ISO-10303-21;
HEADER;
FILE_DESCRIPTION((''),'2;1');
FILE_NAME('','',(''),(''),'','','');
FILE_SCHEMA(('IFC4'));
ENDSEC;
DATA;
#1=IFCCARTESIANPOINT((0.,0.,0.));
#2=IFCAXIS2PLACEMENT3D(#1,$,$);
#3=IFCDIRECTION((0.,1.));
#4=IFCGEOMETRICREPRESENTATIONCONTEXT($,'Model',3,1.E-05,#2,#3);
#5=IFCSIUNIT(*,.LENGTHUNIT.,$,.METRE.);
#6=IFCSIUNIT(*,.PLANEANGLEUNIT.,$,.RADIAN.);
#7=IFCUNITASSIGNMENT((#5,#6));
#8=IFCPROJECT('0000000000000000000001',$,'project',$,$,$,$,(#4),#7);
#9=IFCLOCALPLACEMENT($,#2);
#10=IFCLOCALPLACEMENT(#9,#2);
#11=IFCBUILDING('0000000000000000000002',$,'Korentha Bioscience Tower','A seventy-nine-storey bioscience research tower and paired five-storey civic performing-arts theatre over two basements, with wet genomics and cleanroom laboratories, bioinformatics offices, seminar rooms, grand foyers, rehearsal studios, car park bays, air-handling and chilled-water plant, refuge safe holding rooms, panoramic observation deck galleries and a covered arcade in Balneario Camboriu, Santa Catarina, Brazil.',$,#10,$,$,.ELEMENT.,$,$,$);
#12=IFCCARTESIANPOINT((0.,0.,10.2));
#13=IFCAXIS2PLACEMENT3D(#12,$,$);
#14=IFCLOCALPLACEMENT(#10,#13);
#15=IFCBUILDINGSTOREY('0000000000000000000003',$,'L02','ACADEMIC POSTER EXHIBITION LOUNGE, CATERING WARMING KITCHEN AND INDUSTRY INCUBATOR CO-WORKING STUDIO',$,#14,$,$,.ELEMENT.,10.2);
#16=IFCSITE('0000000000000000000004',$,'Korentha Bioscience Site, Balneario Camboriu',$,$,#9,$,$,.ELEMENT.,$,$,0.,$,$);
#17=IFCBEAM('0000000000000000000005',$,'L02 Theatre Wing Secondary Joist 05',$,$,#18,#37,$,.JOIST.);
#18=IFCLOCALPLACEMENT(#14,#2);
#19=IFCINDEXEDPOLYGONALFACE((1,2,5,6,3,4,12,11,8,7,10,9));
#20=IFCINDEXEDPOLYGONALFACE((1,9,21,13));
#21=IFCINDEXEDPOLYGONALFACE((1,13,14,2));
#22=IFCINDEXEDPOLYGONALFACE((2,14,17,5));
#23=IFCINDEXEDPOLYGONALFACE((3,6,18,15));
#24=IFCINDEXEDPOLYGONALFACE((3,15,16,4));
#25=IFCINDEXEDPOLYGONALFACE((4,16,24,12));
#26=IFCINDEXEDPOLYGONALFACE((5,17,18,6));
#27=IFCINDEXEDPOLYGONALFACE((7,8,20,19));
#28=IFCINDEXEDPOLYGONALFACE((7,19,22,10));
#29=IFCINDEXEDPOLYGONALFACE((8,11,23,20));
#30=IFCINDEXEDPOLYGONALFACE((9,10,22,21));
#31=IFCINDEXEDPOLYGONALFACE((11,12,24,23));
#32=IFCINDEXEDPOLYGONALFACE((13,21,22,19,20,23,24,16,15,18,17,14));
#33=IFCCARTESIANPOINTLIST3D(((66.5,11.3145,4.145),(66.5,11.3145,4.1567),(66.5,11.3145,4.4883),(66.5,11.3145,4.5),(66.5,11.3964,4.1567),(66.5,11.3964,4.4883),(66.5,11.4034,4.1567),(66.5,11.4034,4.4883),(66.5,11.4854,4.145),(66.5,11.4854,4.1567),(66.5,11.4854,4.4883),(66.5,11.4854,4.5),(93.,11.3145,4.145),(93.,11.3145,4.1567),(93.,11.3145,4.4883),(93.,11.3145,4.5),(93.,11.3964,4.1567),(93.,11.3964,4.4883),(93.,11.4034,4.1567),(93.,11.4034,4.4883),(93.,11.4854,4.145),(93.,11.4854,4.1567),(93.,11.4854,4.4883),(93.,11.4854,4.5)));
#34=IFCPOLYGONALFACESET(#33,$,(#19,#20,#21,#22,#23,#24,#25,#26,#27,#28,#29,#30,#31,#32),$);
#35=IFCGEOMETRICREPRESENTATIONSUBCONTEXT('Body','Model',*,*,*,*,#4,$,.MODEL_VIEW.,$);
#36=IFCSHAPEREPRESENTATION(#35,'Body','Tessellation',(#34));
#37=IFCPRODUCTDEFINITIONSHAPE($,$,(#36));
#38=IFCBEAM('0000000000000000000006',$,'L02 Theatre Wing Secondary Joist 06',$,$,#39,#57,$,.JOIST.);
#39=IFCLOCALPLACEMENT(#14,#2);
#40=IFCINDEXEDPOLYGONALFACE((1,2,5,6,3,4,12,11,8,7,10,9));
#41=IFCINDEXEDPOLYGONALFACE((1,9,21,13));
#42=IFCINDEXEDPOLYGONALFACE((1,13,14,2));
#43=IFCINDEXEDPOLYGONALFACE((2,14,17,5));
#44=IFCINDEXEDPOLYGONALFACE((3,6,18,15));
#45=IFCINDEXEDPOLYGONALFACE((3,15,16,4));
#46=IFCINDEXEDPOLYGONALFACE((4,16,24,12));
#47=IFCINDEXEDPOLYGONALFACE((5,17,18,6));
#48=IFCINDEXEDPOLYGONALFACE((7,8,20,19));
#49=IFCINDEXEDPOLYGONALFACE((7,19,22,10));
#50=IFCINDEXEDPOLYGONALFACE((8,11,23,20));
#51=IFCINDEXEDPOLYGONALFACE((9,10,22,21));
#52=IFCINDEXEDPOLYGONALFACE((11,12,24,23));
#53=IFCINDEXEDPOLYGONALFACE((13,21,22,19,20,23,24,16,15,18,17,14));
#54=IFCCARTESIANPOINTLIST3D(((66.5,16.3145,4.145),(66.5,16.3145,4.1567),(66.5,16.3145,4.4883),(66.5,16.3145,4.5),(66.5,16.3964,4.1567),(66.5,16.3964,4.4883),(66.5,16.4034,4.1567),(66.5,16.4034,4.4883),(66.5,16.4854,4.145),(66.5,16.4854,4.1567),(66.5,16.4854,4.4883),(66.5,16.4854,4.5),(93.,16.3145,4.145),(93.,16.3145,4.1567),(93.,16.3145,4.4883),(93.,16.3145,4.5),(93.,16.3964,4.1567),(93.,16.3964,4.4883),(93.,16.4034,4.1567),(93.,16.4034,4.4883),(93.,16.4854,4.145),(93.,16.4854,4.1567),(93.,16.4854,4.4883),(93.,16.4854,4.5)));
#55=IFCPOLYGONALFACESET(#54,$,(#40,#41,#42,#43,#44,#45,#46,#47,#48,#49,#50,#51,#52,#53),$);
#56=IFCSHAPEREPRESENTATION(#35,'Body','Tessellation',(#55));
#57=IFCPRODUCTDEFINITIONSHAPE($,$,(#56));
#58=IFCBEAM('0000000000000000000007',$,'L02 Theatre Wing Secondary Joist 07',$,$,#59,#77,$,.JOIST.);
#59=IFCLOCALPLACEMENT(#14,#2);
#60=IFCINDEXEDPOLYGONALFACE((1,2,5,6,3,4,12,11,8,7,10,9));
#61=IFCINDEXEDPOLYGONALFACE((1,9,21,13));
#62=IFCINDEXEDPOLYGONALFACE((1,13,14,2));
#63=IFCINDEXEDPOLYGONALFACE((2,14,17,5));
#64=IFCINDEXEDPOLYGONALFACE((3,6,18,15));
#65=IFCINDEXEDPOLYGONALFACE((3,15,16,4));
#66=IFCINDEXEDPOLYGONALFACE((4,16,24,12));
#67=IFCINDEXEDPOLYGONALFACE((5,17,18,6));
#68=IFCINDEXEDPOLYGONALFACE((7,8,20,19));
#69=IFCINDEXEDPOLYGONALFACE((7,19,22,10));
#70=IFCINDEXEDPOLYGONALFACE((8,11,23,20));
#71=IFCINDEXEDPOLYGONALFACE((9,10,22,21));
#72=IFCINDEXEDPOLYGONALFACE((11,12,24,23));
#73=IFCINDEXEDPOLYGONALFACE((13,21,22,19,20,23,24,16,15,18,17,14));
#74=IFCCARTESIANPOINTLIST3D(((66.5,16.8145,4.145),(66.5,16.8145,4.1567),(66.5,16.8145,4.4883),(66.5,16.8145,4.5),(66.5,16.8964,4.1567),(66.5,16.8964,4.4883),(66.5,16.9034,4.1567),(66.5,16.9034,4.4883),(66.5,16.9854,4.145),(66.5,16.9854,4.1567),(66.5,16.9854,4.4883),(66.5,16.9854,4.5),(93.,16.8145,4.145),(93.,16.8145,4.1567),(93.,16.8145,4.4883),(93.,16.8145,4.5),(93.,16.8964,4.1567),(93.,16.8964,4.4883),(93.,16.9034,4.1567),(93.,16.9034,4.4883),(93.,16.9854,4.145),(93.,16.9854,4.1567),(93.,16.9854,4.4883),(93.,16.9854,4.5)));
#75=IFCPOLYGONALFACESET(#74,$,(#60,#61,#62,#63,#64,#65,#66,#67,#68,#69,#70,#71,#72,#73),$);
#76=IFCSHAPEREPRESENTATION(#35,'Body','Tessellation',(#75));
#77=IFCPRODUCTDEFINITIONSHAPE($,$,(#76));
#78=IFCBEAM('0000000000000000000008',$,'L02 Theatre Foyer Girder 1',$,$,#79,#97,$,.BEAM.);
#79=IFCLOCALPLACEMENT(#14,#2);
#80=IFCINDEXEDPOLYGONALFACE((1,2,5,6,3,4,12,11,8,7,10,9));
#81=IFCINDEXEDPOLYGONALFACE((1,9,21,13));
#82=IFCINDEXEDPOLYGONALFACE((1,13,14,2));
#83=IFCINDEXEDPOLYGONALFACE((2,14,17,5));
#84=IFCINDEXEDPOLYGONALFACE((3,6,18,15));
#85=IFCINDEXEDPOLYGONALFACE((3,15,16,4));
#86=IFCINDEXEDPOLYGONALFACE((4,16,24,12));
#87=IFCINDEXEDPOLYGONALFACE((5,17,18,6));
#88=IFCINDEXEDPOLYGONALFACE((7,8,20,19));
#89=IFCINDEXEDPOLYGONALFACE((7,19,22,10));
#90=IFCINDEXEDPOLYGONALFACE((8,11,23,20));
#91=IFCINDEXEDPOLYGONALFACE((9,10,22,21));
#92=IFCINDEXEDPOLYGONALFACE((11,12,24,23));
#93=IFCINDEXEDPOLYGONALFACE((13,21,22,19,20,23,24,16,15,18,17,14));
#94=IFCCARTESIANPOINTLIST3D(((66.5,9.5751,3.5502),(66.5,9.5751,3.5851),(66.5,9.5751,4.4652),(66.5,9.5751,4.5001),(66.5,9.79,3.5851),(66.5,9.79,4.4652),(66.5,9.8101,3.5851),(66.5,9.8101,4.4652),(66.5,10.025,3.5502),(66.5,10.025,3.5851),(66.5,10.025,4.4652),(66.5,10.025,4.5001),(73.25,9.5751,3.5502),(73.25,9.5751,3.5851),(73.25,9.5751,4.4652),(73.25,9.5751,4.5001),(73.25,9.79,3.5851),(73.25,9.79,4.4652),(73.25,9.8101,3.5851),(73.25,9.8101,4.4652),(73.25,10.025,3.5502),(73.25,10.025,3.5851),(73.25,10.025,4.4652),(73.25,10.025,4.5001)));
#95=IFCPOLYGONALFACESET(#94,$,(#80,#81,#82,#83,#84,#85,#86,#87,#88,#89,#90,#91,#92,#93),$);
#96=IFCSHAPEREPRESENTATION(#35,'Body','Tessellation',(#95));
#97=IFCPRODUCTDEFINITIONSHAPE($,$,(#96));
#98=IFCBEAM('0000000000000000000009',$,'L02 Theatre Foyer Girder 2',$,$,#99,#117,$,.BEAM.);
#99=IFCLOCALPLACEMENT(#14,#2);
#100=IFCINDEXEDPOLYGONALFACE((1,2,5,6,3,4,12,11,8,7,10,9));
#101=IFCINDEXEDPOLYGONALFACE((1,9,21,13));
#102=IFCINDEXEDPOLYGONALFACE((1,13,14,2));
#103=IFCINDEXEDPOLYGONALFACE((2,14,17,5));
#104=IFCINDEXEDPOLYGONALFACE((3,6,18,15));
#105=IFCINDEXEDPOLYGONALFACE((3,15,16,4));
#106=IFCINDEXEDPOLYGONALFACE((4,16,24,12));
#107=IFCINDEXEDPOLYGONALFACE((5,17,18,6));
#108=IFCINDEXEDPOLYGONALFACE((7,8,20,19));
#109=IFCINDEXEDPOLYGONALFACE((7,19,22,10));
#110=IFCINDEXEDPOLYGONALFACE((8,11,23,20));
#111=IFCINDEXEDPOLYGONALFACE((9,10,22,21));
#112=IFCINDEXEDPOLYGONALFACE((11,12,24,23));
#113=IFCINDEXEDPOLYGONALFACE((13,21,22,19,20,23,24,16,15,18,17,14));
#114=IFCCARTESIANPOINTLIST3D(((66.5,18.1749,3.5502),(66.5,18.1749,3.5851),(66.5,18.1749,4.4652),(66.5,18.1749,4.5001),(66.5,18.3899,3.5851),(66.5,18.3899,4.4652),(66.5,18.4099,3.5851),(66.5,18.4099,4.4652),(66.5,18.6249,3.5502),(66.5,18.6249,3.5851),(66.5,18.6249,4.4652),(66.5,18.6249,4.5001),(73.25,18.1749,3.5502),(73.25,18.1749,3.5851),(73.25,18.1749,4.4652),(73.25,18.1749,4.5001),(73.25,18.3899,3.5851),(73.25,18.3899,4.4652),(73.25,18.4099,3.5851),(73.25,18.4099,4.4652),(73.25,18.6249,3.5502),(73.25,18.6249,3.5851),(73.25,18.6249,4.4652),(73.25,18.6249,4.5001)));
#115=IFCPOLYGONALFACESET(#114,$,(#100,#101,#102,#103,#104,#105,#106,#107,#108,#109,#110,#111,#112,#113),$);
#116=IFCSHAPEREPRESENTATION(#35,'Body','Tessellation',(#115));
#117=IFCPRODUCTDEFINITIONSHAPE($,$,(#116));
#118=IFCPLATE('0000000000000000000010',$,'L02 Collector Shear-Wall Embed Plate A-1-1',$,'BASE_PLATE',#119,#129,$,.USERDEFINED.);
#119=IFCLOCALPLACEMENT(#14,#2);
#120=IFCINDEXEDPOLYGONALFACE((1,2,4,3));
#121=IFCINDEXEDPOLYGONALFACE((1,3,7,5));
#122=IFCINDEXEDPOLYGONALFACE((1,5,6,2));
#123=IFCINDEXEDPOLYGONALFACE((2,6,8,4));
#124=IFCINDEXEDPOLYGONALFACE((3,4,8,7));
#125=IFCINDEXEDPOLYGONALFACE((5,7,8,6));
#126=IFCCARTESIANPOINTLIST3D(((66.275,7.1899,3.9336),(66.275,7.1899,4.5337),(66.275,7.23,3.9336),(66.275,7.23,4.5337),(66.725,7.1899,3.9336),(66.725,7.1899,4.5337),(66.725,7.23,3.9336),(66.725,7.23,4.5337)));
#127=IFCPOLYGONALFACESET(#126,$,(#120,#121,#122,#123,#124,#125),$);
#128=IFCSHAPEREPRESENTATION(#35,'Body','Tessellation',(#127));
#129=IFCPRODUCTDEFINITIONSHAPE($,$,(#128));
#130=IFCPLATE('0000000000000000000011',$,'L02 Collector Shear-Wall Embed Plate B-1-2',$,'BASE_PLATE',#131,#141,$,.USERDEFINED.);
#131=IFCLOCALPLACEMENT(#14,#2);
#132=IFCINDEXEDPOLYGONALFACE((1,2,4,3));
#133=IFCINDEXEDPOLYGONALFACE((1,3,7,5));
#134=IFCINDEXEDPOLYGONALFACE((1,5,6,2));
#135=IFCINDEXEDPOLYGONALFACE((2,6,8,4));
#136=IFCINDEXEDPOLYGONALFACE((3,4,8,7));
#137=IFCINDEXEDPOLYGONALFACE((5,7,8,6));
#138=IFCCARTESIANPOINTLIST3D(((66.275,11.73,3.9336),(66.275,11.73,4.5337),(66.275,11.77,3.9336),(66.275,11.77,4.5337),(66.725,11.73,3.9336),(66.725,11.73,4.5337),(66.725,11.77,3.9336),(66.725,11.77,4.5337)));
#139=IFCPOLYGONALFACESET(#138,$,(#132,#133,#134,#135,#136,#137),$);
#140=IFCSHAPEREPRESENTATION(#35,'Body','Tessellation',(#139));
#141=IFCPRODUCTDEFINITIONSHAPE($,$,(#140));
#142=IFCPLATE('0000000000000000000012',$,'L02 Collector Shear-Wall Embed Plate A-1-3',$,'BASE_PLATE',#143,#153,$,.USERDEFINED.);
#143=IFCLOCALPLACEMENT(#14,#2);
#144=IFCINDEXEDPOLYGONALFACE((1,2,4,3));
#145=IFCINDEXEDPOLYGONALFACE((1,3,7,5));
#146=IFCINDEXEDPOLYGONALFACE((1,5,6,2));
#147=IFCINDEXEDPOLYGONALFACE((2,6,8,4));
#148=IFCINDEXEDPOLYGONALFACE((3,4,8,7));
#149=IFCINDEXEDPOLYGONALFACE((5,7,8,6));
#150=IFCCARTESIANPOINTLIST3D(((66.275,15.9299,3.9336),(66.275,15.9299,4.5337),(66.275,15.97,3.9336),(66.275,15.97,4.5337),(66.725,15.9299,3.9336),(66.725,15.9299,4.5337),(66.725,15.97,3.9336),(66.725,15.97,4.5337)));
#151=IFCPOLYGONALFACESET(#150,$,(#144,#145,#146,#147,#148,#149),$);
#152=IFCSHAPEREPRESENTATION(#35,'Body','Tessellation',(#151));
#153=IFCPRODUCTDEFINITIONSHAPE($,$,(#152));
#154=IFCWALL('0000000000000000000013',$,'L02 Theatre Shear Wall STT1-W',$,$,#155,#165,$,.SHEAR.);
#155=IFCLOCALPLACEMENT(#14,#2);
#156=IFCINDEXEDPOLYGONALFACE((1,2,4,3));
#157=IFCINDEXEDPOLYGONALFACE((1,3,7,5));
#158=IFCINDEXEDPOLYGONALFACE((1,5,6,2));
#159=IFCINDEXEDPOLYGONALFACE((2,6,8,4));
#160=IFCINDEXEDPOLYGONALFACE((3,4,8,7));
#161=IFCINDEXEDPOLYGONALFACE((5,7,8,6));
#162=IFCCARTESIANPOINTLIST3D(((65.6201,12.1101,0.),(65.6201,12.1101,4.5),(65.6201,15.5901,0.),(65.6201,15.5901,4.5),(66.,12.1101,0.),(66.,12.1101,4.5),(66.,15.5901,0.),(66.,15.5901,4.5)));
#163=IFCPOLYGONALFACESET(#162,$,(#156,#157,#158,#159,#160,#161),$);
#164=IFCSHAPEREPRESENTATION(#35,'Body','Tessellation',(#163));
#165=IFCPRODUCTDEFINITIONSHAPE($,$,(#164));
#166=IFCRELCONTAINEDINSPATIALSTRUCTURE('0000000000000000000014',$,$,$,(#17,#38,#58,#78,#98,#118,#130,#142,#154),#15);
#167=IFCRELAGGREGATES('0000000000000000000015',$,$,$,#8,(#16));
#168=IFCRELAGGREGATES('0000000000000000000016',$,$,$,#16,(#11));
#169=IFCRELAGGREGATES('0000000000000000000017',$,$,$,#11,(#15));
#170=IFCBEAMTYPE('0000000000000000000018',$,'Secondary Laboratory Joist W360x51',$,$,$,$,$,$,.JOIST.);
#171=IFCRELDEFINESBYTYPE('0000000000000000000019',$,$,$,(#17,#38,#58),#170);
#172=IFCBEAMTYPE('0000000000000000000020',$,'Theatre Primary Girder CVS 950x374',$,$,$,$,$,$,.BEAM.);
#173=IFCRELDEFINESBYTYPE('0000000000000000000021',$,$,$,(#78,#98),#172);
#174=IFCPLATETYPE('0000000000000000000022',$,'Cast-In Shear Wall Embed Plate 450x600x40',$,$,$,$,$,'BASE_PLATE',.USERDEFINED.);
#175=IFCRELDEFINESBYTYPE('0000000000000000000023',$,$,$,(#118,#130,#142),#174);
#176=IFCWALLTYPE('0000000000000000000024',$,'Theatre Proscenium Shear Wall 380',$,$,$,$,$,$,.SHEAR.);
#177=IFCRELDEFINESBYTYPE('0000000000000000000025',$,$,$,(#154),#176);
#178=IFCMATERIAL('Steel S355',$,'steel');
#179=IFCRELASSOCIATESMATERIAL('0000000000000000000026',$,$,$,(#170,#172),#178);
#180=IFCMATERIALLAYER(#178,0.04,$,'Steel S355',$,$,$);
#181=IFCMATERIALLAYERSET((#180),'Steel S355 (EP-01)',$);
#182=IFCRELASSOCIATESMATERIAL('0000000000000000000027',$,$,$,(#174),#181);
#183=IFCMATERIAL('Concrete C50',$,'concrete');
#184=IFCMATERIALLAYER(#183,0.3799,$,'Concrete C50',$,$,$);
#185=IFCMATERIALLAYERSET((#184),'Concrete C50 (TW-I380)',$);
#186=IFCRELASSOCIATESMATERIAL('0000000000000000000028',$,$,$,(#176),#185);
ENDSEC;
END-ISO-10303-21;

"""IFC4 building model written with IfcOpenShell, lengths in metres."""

from ifc_helpers import new_model, si_unit, direction, frame, frame_2d, origin, origin_2d, place, context, subcontext, project, spatial, rectangle, i_section, extrude, material, layer, layer_set, material_profile, profile_set, type_object, element, save


model = new_model("IFC4")

# Units and contexts
model_context = context("Model", 3, precision=1e-05, world=origin(), true_north=direction((0.0, 1.0)))
body_context = subcontext(model_context, "Body", "Model", "MODEL_VIEW")
ifc_project = project(units=[si_unit("LENGTHUNIT", "METRE"), si_unit("PLANEANGLEUNIT", "RADIAN")], contexts=[model_context])

# Site, building, storey
site_placement = place(None, origin())
site = spatial("IfcSite", under=ifc_project, at=site_placement, Name="Korentha Bioscience Site, Balneario Camboriu", CompositionType="ELEMENT", RefElevation=0.0)
building_placement = place(site_placement, origin())
building = spatial("IfcBuilding", under=site, at=building_placement, Name="Korentha Bioscience Tower", Description="A seventy-nine-storey bioscience research tower and paired five-storey civic performing-arts theatre over two basements, with wet genomics and cleanroom laboratories, bioinformatics offices, seminar rooms, grand foyers, rehearsal studios, car park bays, air-handling and chilled-water plant, refuge safe holding rooms, panoramic observation deck galleries and a covered arcade in Balneario Camboriu, Santa Catarina, Brazil.", CompositionType="ELEMENT")
storey_placement = place(building_placement, frame((0.0, 0.0, 10.2)))
storey = spatial("IfcBuildingStorey", under=building, at=storey_placement, Name="L02", Description="ACADEMIC POSTER EXHIBITION LOUNGE, CATERING WARMING KITCHEN AND INDUSTRY INCUBATOR CO-WORKING STUDIO", CompositionType="ELEMENT", Elevation=10.2)

# Shared definitions
ifc_material_1 = material(Name="Concrete C50", Category="concrete")

# Beams
ifc_material_2 = material(Name="Steel S355", Category="steel")
ifc_material_profile_1 = material_profile(ifc_material_2, i_section(OverallWidth=0.1709, OverallDepth=0.355, WebThickness=0.0071, FlangeThickness=0.0117, at=origin_2d()), Name="Steel S355")
ifc_profile_set_1 = profile_set([ifc_material_profile_1], Name="Steel S355 (JB-360)")
beam_type_1 = type_object("IfcBeamType", Name="Secondary Laboratory Joist W360x51", PredefinedType="JOIST", material=ifc_profile_set_1)
for number, where, z_axis, x_axis, name in (
    (1, (66.5, 11.3999, 4.3225), (1.0, 0.0, 0.0), (0.0, 1.0, 0.0), "L02 Theatre Wing Secondary Joist 05"),
    (2, (66.5, 16.3999, 4.3225), (1.0, 0.0, 0.0), (0.0, 1.0, 0.0), "L02 Theatre Wing Secondary Joist 06"),
    (3, (66.5, 16.8999, 4.3225), (1.0, 0.0, 0.0), (0.0, 1.0, 0.0), "L02 Theatre Wing Secondary Joist 07"),
):
    element("IfcBeam", number, at=place(storey_placement, frame(where, z_axis=z_axis, x_axis=x_axis)), inside=storey, type_object=beam_type_1, Name=name, PredefinedType="JOIST", context=body_context, shape_type="SweptSolid", body=[
        extrude(i_section(OverallWidth=0.1709, OverallDepth=0.355, WebThickness=0.0071, FlangeThickness=0.0117, at=origin_2d()), origin(), (0.0, 0.0, 1.0), 26.5),
    ])
ifc_material_profile_2 = material_profile(ifc_material_2, i_section(OverallWidth=0.45, OverallDepth=0.95, WebThickness=0.02, FlangeThickness=0.0349, at=origin_2d()), Name="Steel S355")
ifc_profile_set_2 = profile_set([ifc_material_profile_2], Name="Steel S355 (TB-950)")
beam_type_2 = type_object("IfcBeamType", Name="Theatre Primary Girder CVS 950x374", PredefinedType="BEAM", material=ifc_profile_set_2)
for number, where, z_axis, x_axis, name in (
    (4, (66.5, 9.8, 4.0251), (1.0, 0.0, 0.0), (0.0, 1.0, 0.0), "L02 Theatre Foyer Girder 1"),
    (5, (66.5, 18.3999, 4.0251), (1.0, 0.0, 0.0), (0.0, 1.0, 0.0), "L02 Theatre Foyer Girder 2"),
):
    element("IfcBeam", number, at=place(storey_placement, frame(where, z_axis=z_axis, x_axis=x_axis)), inside=storey, type_object=beam_type_2, Name=name, PredefinedType="BEAM", context=body_context, shape_type="SweptSolid", body=[
        extrude(i_section(OverallWidth=0.45, OverallDepth=0.95, WebThickness=0.02, FlangeThickness=0.0349, at=origin_2d()), origin(), (0.0, 0.0, 1.0), 6.75),
    ])

# Plates
ifc_layer_1 = layer(ifc_material_2, 0.04, Name="Steel S355")
ifc_layer_set_1 = layer_set([ifc_layer_1], Name="Steel S355 (EP-01)")
plate_type = type_object("IfcPlateType", Name="Cast-In Shear Wall Embed Plate 450x600x40", ElementType="BASE_PLATE", PredefinedType="USERDEFINED", material=ifc_layer_set_1)
for number, where, z_axis, x_axis, name in (
    (6, (66.5, 7.21, 3.9336), (0.0, 0.0, 1.0), (1.0, 0.0, 0.0), "L02 Collector Shear-Wall Embed Plate A-1-1"),
    (7, (66.5, 11.75, 3.9336), (0.0, 0.0, 1.0), (1.0, 0.0, 0.0), "L02 Collector Shear-Wall Embed Plate B-1-2"),
    (8, (66.5, 15.95, 3.9336), (0.0, 0.0, 1.0), (1.0, 0.0, 0.0), "L02 Collector Shear-Wall Embed Plate A-1-3"),
):
    element("IfcPlate", number, at=place(storey_placement, frame(where, z_axis=z_axis, x_axis=x_axis)), inside=storey, type_object=plate_type, Name=name, ObjectType="BASE_PLATE", PredefinedType="USERDEFINED", context=body_context, shape_type="SweptSolid", body=[
        extrude(rectangle(XDim=0.45, YDim=0.04, at=origin_2d()), origin(), (0.0, 0.0, 1.0), 0.6001),
    ])

# Wall
ifc_layer_2 = layer(ifc_material_1, 0.3799, Name="Concrete C50")
ifc_layer_set_2 = layer_set([ifc_layer_2], Name="Concrete C50 (TW-I380)")
wall_type = type_object("IfcWallType", Name="Theatre Proscenium Shear Wall 380", PredefinedType="SHEAR", material=ifc_layer_set_2)
wall_placement = place(storey_placement, frame((65.8101, 12.1101, 0.0), z_axis=(0.0, 0.0, 1.0), x_axis=(0.0, 1.0, 0.0)))
element("IfcWall", 9, at=wall_placement, inside=storey, type_object=wall_type, Name="L02 Theatre Shear Wall STT1-W", PredefinedType="SHEAR", context=body_context, shape_type="SweptSolid", body=[
    extrude(rectangle(XDim=3.48, YDim=0.3799, at=frame_2d((1.74, 0.0))), origin(), (0.0, 0.0, 1.0), 4.5),
])

save(model, "model.ifc")
